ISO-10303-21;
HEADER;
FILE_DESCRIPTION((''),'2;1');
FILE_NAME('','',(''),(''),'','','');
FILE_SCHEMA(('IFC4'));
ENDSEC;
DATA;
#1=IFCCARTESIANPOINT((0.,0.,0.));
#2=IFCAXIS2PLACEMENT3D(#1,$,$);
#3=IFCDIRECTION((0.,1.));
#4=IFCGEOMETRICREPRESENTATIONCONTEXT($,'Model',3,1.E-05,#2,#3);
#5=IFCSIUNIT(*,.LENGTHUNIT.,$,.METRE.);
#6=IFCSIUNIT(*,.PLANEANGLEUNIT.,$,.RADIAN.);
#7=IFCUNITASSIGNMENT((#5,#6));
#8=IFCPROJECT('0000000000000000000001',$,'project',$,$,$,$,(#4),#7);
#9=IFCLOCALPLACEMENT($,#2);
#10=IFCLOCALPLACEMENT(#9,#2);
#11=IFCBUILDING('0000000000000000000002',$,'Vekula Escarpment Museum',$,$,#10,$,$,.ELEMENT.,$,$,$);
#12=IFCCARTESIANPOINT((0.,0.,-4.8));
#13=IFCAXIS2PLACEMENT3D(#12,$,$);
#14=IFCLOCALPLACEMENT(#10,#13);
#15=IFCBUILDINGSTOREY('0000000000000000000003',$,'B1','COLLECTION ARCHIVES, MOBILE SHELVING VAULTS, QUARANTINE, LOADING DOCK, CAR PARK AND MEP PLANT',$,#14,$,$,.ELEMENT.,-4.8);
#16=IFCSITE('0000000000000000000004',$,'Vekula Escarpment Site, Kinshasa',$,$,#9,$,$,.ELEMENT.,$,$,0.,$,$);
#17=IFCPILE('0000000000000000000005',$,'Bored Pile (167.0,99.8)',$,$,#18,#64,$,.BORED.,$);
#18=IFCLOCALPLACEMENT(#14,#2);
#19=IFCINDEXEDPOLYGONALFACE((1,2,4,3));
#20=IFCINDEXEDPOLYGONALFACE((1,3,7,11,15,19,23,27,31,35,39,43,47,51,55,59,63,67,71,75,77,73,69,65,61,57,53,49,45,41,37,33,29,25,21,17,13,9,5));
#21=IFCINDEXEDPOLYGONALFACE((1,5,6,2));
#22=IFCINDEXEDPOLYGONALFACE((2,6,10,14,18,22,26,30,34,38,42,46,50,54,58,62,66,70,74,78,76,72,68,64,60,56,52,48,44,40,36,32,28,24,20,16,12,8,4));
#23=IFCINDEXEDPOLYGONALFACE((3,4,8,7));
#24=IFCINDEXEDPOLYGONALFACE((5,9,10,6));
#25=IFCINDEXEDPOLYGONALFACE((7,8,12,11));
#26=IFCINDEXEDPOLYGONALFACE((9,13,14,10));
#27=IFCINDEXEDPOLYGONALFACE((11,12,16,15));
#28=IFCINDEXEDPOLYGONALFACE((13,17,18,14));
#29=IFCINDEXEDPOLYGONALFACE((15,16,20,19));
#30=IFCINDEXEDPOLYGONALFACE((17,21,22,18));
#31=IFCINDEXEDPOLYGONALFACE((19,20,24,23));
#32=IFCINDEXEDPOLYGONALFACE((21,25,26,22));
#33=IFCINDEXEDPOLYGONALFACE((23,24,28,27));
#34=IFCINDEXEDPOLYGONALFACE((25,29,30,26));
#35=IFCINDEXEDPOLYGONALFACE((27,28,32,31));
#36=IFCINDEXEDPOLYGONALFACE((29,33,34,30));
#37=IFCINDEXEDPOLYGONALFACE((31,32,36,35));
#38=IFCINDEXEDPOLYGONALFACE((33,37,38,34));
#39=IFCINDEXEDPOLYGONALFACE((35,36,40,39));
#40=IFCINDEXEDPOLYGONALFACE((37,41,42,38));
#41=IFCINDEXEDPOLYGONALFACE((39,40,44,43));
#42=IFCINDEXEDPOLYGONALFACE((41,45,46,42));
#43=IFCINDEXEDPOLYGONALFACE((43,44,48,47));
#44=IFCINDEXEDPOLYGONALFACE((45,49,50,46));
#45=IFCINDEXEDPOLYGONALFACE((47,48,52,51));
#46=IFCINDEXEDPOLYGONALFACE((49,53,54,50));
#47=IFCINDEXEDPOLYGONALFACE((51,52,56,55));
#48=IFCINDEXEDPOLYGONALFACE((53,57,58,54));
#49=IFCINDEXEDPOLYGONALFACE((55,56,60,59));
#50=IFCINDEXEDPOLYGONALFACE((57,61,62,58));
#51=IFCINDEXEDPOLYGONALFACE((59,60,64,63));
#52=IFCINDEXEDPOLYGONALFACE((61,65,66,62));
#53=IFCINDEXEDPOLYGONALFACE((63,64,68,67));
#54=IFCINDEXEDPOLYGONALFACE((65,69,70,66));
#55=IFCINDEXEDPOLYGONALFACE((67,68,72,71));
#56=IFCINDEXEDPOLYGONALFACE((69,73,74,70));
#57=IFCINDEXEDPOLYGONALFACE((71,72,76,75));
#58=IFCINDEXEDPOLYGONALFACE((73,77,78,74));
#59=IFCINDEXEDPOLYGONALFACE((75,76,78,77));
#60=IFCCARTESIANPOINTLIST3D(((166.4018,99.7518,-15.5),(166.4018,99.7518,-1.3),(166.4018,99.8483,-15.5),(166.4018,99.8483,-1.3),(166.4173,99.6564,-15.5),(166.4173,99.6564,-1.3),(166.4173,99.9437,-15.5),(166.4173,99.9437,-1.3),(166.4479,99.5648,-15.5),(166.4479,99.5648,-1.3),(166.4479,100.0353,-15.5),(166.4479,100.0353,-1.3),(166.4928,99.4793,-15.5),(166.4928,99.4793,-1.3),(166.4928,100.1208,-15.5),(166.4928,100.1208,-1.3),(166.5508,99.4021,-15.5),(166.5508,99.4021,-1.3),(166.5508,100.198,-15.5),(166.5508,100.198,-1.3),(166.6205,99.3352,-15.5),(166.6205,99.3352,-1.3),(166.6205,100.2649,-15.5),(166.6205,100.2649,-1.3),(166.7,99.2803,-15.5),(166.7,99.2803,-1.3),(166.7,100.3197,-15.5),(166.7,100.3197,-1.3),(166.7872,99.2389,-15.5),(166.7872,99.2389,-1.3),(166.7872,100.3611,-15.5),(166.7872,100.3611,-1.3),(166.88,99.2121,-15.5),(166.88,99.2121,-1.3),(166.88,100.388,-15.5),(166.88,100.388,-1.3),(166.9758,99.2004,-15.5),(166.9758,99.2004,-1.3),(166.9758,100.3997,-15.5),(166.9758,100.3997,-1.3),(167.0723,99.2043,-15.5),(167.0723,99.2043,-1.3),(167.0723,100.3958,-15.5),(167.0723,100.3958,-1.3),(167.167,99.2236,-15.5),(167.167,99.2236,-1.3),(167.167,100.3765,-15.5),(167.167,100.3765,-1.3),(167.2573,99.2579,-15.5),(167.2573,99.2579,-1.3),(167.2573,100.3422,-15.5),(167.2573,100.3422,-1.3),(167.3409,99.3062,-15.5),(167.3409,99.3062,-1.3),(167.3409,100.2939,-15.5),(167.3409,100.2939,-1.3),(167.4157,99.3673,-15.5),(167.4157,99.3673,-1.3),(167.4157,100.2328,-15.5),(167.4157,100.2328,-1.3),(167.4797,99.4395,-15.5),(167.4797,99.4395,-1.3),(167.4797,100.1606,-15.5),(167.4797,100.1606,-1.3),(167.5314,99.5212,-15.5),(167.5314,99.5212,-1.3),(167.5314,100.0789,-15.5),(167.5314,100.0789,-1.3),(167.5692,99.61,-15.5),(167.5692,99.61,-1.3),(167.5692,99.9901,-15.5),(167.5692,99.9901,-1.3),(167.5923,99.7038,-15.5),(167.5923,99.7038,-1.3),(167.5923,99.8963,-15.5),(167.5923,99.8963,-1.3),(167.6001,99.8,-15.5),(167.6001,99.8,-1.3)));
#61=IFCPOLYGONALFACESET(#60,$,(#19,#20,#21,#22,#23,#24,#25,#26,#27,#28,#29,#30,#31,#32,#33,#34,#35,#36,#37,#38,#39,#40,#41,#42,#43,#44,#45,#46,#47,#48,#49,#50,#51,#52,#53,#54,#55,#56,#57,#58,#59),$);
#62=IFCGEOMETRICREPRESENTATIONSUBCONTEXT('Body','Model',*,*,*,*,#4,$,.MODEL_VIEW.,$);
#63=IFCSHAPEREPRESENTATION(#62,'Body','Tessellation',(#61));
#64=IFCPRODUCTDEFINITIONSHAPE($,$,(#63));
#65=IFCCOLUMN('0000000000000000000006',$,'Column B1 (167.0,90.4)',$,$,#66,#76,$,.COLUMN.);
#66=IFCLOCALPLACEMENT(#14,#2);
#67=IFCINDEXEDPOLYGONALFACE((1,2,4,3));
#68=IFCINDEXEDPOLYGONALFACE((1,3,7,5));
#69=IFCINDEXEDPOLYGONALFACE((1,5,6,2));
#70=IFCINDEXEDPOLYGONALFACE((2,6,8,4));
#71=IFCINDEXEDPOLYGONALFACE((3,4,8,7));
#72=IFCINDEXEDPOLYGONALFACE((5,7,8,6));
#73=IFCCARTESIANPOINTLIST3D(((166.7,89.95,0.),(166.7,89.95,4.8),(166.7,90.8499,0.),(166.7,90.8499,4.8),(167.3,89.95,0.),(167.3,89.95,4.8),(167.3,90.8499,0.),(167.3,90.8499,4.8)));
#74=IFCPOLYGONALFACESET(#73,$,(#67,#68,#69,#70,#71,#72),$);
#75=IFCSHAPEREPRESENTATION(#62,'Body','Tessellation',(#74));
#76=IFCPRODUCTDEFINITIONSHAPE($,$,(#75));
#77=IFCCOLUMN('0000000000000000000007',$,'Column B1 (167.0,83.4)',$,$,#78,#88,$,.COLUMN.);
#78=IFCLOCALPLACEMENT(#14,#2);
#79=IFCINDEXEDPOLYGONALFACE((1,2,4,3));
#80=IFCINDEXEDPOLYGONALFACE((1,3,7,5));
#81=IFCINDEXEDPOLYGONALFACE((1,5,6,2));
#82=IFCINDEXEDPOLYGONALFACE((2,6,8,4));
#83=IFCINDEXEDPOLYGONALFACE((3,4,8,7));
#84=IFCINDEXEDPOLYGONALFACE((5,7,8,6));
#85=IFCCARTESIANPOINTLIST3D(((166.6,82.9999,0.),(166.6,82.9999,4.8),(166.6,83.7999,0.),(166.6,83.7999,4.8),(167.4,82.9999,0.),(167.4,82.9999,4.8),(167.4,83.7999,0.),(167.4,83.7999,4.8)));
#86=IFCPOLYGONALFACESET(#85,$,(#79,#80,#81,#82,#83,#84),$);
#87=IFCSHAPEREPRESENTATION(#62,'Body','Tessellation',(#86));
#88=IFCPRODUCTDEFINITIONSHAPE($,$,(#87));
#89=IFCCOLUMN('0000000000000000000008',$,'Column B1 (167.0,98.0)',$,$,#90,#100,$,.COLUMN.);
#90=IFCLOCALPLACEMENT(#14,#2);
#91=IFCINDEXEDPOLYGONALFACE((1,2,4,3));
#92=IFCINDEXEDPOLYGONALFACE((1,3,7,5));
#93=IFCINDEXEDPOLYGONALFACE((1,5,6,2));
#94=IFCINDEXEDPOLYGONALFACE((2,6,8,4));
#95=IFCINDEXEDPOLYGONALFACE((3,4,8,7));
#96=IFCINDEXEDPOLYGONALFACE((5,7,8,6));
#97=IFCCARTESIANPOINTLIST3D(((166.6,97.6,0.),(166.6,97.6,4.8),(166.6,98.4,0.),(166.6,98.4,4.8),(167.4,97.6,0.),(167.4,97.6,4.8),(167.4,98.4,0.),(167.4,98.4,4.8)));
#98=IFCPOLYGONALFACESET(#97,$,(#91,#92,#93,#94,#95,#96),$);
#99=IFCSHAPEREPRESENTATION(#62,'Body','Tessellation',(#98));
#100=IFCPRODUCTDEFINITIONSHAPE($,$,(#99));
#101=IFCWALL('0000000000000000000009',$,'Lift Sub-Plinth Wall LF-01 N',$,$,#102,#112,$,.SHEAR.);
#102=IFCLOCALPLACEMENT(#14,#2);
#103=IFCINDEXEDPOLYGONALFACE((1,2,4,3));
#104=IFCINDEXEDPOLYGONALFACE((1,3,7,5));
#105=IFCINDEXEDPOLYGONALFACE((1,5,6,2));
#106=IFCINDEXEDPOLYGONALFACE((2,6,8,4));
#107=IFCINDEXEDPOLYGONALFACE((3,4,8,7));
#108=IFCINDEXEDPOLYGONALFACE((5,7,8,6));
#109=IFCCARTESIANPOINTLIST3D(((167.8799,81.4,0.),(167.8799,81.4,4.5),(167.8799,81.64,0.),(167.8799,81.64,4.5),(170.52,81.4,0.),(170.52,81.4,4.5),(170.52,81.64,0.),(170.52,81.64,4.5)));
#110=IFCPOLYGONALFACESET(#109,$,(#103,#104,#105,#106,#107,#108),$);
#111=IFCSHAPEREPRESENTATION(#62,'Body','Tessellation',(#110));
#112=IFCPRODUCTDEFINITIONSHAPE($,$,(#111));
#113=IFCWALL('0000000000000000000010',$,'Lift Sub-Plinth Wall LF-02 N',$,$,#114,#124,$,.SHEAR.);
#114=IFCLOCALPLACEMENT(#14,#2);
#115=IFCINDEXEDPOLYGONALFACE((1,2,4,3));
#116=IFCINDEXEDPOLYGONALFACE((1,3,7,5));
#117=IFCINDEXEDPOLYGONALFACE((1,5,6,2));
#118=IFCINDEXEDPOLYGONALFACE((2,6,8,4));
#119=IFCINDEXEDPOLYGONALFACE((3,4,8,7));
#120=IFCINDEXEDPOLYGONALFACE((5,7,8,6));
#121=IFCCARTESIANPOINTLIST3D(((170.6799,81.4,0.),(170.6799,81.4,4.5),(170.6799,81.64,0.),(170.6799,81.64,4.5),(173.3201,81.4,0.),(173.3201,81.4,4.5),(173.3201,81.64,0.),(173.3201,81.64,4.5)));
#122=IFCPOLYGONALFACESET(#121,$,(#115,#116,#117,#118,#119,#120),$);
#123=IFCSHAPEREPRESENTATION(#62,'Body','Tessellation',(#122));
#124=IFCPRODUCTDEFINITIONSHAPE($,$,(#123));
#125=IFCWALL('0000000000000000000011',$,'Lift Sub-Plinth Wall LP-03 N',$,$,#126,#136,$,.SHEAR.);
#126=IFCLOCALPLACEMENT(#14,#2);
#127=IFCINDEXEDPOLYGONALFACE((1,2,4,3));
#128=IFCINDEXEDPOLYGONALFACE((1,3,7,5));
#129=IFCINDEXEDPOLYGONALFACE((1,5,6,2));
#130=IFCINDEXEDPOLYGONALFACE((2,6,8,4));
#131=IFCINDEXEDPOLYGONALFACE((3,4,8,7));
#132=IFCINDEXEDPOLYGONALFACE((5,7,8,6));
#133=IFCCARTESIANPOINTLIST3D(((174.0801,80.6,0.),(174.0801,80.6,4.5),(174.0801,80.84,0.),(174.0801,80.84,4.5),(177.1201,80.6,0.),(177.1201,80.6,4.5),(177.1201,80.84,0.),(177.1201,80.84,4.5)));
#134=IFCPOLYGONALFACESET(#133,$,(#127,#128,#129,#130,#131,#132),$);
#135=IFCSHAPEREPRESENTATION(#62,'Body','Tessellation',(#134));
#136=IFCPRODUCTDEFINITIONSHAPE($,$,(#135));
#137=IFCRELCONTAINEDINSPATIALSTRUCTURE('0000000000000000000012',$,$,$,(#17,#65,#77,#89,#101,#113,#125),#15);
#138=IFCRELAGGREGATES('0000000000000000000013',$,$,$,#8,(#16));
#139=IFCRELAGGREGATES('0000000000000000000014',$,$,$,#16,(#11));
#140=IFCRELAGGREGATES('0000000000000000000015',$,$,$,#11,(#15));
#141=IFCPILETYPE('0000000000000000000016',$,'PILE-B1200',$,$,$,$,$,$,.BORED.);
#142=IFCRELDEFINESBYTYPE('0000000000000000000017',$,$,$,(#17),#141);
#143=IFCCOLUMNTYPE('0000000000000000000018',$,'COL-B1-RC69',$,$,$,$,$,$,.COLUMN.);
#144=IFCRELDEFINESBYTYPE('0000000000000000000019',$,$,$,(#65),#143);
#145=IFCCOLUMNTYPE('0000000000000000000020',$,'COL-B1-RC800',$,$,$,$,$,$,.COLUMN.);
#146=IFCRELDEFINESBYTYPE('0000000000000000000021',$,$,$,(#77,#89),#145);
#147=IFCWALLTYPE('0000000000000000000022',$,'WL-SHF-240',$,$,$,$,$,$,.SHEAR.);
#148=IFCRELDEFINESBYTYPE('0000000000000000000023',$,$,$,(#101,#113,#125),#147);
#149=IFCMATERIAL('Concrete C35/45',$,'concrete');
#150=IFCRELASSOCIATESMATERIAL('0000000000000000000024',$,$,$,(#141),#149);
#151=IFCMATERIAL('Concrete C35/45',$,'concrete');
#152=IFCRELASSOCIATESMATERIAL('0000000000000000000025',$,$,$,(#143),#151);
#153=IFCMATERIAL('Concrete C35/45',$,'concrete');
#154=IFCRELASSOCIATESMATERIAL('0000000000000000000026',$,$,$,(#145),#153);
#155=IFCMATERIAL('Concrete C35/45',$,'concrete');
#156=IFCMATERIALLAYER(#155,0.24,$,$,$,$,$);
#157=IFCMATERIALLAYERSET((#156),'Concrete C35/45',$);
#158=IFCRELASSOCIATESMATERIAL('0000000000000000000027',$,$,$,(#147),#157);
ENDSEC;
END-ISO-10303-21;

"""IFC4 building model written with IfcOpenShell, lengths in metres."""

from ifc_helpers import new_model, si_unit, direction, frame, frame_2d, origin, origin_2d, place, context, subcontext, project, spatial, rectangle, circle, extrude, material, layer, layer_set, material_profile, profile_set, type_object, element, save


model = new_model("IFC4")

# Units and contexts
model_context = context("Model", 3, precision=1e-05, world=origin(), true_north=direction((0.0, 1.0)))
body_context = subcontext(model_context, "Body", "Model", "MODEL_VIEW")
ifc_project = project(units=[si_unit("LENGTHUNIT", "METRE"), si_unit("PLANEANGLEUNIT", "RADIAN")], contexts=[model_context])

# Site, building, storey
site_placement = place(None, origin())
site = spatial("IfcSite", under=ifc_project, at=site_placement, Name="Vekula Escarpment Site, Kinshasa", CompositionType="ELEMENT", RefElevation=0.0)
building_placement = place(site_placement, origin())
building = spatial("IfcBuilding", under=site, at=building_placement, Name="Vekula Escarpment Museum", CompositionType="ELEMENT")
storey_placement = place(building_placement, frame((0.0, 0.0, -4.8)))
storey = spatial("IfcBuildingStorey", under=building, at=storey_placement, Name="B1", Description="COLLECTION ARCHIVES, MOBILE SHELVING VAULTS, QUARANTINE, LOADING DOCK, CAR PARK AND MEP PLANT", CompositionType="ELEMENT", Elevation=-4.8)

# Pile
ifc_material_1 = material(Name="Concrete C35/45", Category="concrete")
ifc_material_profile_1 = material_profile(ifc_material_1, circle(Radius=0.6001, at=origin_2d()), Name="BORED PILE 1200")
ifc_profile_set_1 = profile_set([ifc_material_profile_1], Name="Concrete C35/45")
pile_type = type_object("IfcPileType", Name="PILE-B1200", PredefinedType="BORED", material=ifc_profile_set_1)
for number, where, z_axis, x_axis, name in (
    (1, (167.0, 99.8, -1.3), (0.0, 0.0, -1.0), (1.0, 0.0, 0.0), "Bored Pile (167.0,99.8)"),
):
    element("IfcPile", number, at=place(storey_placement, frame(where, z_axis=z_axis, x_axis=x_axis)), inside=storey, type_object=pile_type, Name=name, PredefinedType="BORED", context=body_context, shape_type="SweptSolid", body=[
        extrude(circle(Radius=0.6001, at=origin_2d()), origin(), (0.0, 0.0, 1.0), 14.2),
    ])

# Columns
ifc_material_2 = material(Name="Concrete C35/45", Category="concrete")
ifc_material_profile_2 = material_profile(ifc_material_2, rectangle(XDim=0.6001, YDim=0.8999, at=origin_2d()), Name="RC 600x900")
ifc_profile_set_2 = profile_set([ifc_material_profile_2], Name="Concrete C35/45")
column_type_1 = type_object("IfcColumnType", Name="COL-B1-RC69", PredefinedType="COLUMN", material=ifc_profile_set_2)
column_placement = place(storey_placement, frame((167.0, 90.3999, 0.0), z_axis=(0.0, 0.0, 1.0), x_axis=(1.0, 0.0, 0.0)))
element("IfcColumn", 2, at=column_placement, inside=storey, type_object=column_type_1, Name="Column B1 (167.0,90.4)", PredefinedType="COLUMN", context=body_context, shape_type="SweptSolid", body=[
    extrude(rectangle(XDim=0.6001, YDim=0.8999, at=origin_2d()), origin(), (0.0, 0.0, 1.0), 4.8),
])
ifc_material_3 = material(Name="Concrete C35/45", Category="concrete")
ifc_material_profile_3 = material_profile(ifc_material_3, rectangle(XDim=0.8, YDim=0.8, at=origin_2d()), Name="RC 800x800")
ifc_profile_set_3 = profile_set([ifc_material_profile_3], Name="Concrete C35/45")
column_type_2 = type_object("IfcColumnType", Name="COL-B1-RC800", PredefinedType="COLUMN", material=ifc_profile_set_3)
for number, where, z_axis, x_axis, name in (
    (3, (167.0, 83.3999, 0.0), (0.0, 0.0, 1.0), (1.0, 0.0, 0.0), "Column B1 (167.0,83.4)"),
    (4, (167.0, 98.0, 0.0), (0.0, 0.0, 1.0), (1.0, 0.0, 0.0), "Column B1 (167.0,98.0)"),
):
    element("IfcColumn", number, at=place(storey_placement, frame(where, z_axis=z_axis, x_axis=x_axis)), inside=storey, type_object=column_type_2, Name=name, PredefinedType="COLUMN", context=body_context, shape_type="SweptSolid", body=[
        extrude(rectangle(XDim=0.8, YDim=0.8, at=origin_2d()), origin(), (0.0, 0.0, 1.0), 4.8),
    ])

# Walls
ifc_material_4 = material(Name="Concrete C35/45", Category="concrete")
ifc_layer = layer(ifc_material_4, 0.24)
ifc_layer_set = layer_set([ifc_layer], Name="Concrete C35/45")
wall_type = type_object("IfcWallType", Name="WL-SHF-240", PredefinedType="SHEAR", material=ifc_layer_set)
for number, where, z_axis, x_axis, name in (
    (5, (167.8799, 81.52, 0.0), (0.0, 0.0, 1.0), (1.0, 0.0, 0.0), "Lift Sub-Plinth Wall LF-01 N"),
    (6, (170.6799, 81.52, 0.0), (0.0, 0.0, 1.0), (1.0, 0.0, 0.0), "Lift Sub-Plinth Wall LF-02 N"),
):
    element("IfcWall", number, at=place(storey_placement, frame(where, z_axis=z_axis, x_axis=x_axis)), inside=storey, type_object=wall_type, Name=name, PredefinedType="SHEAR", context=body_context, shape_type="SweptSolid", body=[
        extrude(rectangle(XDim=2.6401, YDim=0.24, at=frame_2d((1.3201, 0.0))), origin(), (0.0, 0.0, 1.0), 4.5),
    ])
wall_placement = place(storey_placement, frame((174.0801, 80.72, 0.0), z_axis=(0.0, 0.0, 1.0), x_axis=(1.0, 0.0, 0.0)))
element("IfcWall", 7, at=wall_placement, inside=storey, type_object=wall_type, Name="Lift Sub-Plinth Wall LP-03 N", PredefinedType="SHEAR", context=body_context, shape_type="SweptSolid", body=[
    extrude(rectangle(XDim=3.04, YDim=0.24, at=frame_2d((1.52, 0.0))), origin(), (0.0, 0.0, 1.0), 4.5),
])

save(model, "model.ifc")
